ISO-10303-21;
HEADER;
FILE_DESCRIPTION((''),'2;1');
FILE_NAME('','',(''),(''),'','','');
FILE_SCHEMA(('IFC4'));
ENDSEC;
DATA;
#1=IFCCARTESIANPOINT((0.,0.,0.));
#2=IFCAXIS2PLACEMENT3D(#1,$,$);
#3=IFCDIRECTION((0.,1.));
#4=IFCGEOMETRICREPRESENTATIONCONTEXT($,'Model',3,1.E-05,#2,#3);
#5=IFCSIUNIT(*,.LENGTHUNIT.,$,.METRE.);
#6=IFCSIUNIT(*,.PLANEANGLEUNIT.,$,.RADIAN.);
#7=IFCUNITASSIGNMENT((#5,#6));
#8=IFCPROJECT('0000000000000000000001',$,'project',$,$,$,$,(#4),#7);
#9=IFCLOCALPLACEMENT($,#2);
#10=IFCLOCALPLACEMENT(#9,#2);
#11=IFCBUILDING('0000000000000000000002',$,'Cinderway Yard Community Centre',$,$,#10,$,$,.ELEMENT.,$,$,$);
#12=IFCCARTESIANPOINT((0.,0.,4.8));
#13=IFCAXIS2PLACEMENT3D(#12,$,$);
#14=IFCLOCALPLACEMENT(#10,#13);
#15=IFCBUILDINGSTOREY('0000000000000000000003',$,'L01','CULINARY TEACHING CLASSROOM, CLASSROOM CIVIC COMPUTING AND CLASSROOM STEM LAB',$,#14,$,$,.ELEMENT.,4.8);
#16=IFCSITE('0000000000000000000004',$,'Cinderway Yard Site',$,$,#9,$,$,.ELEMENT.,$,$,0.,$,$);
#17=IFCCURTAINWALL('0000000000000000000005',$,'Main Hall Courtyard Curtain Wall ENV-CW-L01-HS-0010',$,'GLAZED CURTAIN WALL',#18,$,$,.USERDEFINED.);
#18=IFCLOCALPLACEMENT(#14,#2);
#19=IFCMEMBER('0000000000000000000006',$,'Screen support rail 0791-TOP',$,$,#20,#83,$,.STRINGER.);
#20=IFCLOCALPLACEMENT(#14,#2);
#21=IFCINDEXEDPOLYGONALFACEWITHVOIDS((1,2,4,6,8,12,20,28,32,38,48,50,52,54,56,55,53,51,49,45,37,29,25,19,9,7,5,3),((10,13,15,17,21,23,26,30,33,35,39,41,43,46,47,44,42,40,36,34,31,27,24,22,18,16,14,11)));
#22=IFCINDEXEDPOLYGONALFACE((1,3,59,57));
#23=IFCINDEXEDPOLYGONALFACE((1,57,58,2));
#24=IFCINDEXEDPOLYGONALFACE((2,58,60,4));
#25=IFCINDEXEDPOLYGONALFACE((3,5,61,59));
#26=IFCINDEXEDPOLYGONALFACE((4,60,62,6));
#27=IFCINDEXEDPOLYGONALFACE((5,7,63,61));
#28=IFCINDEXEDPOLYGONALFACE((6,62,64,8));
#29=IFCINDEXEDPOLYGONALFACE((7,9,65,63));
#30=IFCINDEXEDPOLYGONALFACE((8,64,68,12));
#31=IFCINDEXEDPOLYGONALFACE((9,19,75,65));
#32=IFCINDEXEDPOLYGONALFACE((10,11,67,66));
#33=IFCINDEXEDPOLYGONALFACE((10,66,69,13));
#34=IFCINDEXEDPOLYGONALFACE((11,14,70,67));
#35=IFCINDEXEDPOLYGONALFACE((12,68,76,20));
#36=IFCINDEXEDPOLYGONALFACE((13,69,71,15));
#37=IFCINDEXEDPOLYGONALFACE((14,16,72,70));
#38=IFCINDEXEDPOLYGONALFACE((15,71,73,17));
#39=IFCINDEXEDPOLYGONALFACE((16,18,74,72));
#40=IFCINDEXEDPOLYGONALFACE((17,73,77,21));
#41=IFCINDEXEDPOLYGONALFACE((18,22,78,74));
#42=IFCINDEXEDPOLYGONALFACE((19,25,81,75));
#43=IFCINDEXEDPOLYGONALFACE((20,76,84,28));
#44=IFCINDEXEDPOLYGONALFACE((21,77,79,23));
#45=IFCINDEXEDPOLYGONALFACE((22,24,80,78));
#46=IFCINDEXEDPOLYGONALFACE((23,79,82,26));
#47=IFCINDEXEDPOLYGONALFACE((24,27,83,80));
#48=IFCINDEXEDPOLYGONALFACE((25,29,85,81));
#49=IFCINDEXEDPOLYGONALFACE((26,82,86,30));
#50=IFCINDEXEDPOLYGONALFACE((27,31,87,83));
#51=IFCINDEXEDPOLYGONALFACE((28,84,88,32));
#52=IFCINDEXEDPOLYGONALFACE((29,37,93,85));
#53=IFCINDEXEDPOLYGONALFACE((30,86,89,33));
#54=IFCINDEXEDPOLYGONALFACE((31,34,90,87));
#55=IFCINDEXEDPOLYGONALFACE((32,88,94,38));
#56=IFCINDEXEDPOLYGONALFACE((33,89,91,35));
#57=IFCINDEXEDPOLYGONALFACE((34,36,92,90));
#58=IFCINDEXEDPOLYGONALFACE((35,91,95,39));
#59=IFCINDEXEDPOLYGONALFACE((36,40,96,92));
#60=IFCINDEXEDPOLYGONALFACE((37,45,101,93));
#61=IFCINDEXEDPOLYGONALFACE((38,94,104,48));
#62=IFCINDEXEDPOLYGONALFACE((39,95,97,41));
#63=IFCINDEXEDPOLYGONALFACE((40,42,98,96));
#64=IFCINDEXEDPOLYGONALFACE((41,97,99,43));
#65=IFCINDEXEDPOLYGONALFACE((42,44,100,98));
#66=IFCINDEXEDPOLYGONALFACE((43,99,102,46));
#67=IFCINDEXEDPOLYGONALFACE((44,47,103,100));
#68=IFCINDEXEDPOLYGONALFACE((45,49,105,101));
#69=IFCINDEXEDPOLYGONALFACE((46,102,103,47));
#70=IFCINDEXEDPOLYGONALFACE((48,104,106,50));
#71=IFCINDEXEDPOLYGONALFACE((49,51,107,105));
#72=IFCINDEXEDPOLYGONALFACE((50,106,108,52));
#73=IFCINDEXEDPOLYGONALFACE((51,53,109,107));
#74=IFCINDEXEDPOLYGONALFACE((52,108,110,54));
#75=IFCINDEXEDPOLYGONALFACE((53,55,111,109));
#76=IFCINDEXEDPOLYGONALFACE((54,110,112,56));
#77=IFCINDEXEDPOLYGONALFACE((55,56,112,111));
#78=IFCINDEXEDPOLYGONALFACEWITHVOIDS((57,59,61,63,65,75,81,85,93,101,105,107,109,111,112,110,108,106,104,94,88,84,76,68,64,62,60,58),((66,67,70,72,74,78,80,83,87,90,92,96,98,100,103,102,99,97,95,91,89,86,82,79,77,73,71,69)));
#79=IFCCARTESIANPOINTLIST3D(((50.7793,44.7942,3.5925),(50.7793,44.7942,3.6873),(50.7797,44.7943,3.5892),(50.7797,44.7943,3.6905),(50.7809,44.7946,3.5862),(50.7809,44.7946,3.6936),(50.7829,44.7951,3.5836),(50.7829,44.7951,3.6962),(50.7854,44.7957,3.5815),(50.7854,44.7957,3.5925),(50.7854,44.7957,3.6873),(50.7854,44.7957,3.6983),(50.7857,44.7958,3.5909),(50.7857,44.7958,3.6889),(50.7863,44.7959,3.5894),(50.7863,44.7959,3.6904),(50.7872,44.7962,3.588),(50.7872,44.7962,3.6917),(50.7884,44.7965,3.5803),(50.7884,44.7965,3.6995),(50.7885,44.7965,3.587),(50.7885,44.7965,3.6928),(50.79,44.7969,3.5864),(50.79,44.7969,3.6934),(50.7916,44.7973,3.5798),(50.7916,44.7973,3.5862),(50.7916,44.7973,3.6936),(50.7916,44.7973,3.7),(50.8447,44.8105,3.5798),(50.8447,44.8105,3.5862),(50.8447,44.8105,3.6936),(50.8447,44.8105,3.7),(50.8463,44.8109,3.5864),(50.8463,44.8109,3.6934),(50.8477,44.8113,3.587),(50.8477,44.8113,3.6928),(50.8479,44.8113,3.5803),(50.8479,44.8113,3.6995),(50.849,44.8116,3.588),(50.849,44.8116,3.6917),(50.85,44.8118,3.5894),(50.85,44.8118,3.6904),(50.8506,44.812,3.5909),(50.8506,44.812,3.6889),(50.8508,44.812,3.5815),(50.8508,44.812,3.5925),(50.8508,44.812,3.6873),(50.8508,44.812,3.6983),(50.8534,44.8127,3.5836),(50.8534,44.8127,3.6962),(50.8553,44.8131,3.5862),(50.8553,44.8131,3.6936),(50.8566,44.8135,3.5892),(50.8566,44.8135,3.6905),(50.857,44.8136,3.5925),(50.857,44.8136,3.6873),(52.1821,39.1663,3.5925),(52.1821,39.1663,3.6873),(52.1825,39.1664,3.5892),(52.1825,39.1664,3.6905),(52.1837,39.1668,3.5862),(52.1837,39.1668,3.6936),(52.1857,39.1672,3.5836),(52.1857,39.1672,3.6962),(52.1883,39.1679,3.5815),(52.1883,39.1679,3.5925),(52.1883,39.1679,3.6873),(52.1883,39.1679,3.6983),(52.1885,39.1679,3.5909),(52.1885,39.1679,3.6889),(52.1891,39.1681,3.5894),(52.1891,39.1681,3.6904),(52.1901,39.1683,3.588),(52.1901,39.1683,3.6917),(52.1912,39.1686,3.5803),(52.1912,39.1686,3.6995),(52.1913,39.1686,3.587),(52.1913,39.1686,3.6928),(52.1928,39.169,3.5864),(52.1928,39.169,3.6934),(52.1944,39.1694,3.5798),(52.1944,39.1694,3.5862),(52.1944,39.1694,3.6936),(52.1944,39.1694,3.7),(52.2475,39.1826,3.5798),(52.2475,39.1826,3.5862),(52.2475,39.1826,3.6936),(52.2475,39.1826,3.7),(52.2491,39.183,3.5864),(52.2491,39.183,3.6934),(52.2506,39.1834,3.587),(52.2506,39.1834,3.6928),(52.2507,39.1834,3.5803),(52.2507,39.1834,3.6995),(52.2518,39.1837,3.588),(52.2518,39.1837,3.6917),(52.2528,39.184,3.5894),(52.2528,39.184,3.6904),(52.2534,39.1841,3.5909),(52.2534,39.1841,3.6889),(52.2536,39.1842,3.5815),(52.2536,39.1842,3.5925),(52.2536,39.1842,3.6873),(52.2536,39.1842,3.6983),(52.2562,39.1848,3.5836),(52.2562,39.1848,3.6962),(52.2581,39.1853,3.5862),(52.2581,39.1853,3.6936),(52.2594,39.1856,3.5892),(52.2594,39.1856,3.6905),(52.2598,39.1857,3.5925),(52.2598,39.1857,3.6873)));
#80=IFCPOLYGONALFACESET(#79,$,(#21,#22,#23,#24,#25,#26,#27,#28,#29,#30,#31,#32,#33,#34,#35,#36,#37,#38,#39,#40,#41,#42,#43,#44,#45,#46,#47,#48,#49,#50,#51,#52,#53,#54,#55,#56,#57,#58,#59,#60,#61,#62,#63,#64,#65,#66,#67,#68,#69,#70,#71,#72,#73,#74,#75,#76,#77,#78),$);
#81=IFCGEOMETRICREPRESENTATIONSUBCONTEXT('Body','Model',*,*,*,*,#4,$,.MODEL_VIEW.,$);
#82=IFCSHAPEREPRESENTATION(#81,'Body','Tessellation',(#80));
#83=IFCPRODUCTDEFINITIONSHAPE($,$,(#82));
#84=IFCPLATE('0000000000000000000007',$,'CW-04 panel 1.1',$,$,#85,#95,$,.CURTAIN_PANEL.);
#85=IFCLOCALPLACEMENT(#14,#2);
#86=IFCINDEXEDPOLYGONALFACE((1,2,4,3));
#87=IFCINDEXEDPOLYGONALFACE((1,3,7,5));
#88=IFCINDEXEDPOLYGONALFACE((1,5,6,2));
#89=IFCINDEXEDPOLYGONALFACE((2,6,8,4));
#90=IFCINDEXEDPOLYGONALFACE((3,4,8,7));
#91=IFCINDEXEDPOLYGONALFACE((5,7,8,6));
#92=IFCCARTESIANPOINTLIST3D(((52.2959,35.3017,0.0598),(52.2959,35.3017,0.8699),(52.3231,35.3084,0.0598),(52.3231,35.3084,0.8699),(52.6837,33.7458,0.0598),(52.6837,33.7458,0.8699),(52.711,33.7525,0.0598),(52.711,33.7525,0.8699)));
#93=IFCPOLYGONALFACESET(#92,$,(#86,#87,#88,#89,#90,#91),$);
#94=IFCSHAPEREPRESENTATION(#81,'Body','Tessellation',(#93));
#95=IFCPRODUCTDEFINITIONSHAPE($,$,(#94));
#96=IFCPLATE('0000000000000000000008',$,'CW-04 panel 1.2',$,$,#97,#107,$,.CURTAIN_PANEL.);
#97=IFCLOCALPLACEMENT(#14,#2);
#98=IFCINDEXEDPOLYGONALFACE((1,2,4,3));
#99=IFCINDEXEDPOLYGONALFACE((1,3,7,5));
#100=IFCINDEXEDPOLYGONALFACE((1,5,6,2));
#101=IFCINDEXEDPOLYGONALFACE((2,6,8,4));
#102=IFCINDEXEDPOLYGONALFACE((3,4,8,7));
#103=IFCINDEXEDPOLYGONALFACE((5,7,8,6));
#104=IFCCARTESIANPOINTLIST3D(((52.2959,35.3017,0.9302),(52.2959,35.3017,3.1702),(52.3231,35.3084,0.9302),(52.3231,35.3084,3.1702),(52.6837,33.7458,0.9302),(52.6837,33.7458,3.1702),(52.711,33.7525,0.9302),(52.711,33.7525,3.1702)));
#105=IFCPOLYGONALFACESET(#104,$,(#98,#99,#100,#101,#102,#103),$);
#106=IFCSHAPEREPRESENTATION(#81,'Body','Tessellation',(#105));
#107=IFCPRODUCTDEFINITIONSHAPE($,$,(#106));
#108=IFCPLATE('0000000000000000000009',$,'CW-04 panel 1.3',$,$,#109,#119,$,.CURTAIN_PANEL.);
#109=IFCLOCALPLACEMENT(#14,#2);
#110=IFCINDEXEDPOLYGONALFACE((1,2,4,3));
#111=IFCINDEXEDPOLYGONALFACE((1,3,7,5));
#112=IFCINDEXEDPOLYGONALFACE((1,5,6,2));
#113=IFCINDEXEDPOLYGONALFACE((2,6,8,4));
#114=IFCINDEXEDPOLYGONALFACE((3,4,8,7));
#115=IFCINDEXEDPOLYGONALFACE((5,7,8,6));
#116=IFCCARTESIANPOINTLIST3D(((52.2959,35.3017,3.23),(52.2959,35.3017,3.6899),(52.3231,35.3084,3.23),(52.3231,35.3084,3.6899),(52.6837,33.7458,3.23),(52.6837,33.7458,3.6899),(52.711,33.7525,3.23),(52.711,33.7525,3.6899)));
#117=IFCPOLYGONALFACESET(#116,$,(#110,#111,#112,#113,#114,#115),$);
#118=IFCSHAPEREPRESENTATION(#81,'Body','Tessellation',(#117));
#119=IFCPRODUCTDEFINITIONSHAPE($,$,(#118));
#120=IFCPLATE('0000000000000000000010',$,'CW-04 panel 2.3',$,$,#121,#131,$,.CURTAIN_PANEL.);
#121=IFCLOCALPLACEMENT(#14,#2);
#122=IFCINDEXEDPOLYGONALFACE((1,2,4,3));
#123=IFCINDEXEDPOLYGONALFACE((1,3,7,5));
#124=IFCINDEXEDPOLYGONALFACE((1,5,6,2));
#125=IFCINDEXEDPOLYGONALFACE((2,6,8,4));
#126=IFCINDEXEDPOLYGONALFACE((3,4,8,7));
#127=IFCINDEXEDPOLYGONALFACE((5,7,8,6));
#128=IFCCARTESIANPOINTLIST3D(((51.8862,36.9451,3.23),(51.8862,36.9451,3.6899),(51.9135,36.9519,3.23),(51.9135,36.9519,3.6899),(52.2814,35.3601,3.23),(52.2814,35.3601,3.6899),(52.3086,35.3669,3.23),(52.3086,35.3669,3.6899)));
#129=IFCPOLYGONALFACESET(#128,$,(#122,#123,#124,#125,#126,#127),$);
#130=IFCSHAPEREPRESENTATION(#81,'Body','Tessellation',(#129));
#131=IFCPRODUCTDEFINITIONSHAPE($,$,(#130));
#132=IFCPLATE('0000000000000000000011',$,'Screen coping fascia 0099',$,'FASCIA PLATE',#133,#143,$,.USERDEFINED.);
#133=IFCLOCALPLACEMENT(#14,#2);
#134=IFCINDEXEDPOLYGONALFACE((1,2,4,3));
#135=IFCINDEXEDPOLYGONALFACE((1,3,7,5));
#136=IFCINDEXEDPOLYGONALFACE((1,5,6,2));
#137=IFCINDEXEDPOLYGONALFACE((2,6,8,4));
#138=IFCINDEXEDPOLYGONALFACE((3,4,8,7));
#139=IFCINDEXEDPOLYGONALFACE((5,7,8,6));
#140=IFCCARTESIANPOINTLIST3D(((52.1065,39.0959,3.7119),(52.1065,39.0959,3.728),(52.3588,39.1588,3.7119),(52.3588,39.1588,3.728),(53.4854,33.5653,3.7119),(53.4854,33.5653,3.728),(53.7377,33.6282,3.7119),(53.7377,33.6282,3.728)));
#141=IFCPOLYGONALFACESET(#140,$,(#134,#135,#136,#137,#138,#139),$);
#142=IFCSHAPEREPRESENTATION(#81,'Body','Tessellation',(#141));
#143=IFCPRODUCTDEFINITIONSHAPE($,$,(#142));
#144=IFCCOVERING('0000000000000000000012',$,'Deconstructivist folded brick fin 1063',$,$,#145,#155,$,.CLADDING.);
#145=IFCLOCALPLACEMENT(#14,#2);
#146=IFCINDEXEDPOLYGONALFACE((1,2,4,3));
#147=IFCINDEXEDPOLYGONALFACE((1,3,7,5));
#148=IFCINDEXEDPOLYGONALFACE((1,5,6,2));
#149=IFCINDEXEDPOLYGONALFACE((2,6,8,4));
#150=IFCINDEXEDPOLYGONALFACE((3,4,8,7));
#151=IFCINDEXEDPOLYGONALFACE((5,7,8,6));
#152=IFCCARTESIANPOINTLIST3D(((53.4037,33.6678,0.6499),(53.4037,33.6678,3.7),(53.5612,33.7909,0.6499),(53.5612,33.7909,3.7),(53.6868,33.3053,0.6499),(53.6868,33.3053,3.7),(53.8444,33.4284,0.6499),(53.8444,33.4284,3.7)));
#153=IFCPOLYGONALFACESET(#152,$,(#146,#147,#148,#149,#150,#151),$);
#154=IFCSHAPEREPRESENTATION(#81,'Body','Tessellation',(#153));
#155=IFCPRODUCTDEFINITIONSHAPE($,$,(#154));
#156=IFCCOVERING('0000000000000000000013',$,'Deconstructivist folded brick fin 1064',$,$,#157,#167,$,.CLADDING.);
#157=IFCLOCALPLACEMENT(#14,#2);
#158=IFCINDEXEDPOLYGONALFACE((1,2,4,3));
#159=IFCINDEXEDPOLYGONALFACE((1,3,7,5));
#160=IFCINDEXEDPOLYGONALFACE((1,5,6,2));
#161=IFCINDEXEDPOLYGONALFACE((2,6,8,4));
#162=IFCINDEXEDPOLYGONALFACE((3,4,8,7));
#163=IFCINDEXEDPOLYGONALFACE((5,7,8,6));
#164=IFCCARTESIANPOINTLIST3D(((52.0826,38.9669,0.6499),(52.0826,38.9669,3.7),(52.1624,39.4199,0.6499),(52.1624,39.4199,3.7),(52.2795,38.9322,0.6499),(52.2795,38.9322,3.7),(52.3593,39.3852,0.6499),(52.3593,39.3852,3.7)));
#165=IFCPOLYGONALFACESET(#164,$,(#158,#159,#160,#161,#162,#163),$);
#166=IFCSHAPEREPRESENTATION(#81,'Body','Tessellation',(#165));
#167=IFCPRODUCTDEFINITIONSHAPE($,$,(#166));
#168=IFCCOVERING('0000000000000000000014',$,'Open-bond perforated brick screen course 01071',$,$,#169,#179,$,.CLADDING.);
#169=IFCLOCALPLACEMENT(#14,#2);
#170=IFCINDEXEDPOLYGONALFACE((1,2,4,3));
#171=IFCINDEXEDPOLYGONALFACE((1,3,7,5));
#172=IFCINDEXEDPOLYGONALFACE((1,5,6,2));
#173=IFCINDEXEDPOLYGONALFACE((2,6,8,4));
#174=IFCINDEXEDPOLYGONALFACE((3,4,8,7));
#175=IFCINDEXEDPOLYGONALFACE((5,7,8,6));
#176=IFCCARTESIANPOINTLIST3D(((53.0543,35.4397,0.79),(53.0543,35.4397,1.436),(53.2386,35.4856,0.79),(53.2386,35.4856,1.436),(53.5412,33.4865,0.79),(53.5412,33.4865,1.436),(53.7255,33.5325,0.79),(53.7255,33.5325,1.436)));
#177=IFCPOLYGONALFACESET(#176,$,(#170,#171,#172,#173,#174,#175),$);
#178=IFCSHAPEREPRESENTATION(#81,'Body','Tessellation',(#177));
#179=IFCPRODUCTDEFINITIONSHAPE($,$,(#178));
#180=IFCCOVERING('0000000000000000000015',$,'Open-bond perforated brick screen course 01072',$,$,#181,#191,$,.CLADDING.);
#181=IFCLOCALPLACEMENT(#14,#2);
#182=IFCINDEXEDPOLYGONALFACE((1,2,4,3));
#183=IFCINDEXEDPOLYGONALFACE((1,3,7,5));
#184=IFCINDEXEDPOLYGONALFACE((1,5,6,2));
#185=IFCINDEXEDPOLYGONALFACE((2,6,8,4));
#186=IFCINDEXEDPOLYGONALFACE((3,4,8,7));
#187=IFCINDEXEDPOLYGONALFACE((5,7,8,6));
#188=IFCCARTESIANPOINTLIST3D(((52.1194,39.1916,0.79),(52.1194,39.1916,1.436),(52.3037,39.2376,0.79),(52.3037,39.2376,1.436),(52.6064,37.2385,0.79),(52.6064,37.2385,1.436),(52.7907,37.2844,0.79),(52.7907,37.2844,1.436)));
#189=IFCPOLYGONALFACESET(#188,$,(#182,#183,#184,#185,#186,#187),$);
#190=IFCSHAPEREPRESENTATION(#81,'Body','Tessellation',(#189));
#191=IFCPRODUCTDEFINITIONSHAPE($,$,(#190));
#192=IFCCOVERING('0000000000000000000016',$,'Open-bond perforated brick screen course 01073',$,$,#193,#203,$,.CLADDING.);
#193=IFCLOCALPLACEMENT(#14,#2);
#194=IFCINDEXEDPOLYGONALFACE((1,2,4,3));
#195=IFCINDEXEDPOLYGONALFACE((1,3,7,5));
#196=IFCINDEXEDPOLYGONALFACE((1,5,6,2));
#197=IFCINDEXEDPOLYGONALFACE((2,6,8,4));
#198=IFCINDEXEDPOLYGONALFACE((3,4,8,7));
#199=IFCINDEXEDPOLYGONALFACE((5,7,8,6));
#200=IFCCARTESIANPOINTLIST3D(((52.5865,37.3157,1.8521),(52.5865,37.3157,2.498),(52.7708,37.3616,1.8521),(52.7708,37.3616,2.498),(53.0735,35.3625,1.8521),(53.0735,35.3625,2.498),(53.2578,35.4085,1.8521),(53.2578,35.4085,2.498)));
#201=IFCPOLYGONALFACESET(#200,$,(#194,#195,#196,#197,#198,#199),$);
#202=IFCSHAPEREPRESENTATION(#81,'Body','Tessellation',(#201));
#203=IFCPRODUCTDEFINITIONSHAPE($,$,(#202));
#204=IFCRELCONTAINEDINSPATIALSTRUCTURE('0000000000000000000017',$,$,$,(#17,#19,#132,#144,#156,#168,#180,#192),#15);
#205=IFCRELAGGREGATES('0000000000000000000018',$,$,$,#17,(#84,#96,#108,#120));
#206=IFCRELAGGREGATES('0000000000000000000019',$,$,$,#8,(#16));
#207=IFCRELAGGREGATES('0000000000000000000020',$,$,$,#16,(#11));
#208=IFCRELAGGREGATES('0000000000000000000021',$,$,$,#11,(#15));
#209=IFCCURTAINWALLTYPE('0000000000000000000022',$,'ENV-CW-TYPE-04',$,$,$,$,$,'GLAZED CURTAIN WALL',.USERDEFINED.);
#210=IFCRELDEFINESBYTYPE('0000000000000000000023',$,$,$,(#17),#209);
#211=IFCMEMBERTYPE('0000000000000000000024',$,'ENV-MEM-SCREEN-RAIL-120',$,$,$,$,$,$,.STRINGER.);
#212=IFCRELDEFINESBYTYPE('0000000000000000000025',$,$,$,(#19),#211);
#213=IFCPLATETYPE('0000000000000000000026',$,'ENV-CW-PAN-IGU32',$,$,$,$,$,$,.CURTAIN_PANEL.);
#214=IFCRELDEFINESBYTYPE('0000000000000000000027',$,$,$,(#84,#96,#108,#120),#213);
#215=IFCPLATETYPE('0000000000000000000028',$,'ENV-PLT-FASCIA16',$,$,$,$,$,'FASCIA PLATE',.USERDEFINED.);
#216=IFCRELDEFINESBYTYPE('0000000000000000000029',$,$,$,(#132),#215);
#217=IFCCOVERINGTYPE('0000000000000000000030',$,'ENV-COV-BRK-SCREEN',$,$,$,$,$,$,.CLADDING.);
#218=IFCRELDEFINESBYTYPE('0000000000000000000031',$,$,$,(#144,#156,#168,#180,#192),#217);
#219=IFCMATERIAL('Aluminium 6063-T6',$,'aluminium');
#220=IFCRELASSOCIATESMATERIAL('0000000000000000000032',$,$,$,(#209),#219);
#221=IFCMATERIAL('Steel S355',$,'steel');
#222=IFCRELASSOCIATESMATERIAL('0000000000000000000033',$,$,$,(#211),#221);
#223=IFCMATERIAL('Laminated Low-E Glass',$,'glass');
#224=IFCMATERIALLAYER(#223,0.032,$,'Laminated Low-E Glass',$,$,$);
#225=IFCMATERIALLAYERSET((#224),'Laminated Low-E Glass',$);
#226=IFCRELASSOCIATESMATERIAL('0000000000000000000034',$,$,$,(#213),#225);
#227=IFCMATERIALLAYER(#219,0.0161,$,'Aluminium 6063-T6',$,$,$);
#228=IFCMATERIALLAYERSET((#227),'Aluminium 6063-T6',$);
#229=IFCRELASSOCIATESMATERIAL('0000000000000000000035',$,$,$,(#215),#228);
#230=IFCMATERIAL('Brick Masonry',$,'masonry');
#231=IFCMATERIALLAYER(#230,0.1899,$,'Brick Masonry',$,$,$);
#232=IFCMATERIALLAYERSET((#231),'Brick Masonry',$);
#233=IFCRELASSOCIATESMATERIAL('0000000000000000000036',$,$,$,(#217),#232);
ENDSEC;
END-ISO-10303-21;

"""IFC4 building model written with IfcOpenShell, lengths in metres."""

from ifc_helpers import new_model, si_unit, direction, frame, origin, origin_2d, place, context, subcontext, project, spatial, rectangle, hollow_rectangle, extrude, material, layer, layer_set, material_profile, profile_set, type_object, element, aggregate, save


model = new_model("IFC4")

# Units and contexts
model_context = context("Model", 3, precision=1e-05, world=origin(), true_north=direction((0.0, 1.0)))
body_context = subcontext(model_context, "Body", "Model", "MODEL_VIEW")
ifc_project = project(units=[si_unit("LENGTHUNIT", "METRE"), si_unit("PLANEANGLEUNIT", "RADIAN")], contexts=[model_context])

# Site, building, storey
site_placement = place(None, origin())
site = spatial("IfcSite", under=ifc_project, at=site_placement, Name="Cinderway Yard Site", CompositionType="ELEMENT", RefElevation=0.0)
building_placement = place(site_placement, origin())
building = spatial("IfcBuilding", under=site, at=building_placement, Name="Cinderway Yard Community Centre", CompositionType="ELEMENT")
storey_placement = place(building_placement, frame((0.0, 0.0, 4.8)))
storey = spatial("IfcBuildingStorey", under=building, at=storey_placement, Name="L01", Description="CULINARY TEACHING CLASSROOM, CLASSROOM CIVIC COMPUTING AND CLASSROOM STEM LAB", CompositionType="ELEMENT", Elevation=4.8)

# Curtain wall
ifc_material_1 = material(Name="Aluminium 6063-T6", Category="aluminium")
curtain_wall_type = type_object("IfcCurtainWallType", Name="ENV-CW-TYPE-04", ElementType="GLAZED CURTAIN WALL", PredefinedType="USERDEFINED", material=ifc_material_1)
curtain_wall_placement = place(storey_placement, origin())
curtain_wall = element("IfcCurtainWall", 1, at=curtain_wall_placement, inside=storey, type_object=curtain_wall_type, Name="Main Hall Courtyard Curtain Wall ENV-CW-L01-HS-0010", ObjectType="GLAZED CURTAIN WALL", PredefinedType="USERDEFINED")

# Member
ifc_material_2 = material(Name="Steel S355", Category="steel")
ifc_material_profile_1 = material_profile(ifc_material_2, hollow_rectangle(XDim=0.0801, YDim=0.1201, WallThickness=0.0063, InnerFilletRadius=0.0063, OuterFilletRadius=0.0127, at=origin_2d()), Name="Steel S355")
ifc_profile_set_1 = profile_set([ifc_material_profile_1], Name="Steel S355")
member_type_1 = type_object("IfcMemberType", Name="ENV-MEM-SCREEN-RAIL-120", PredefinedType="STRINGER", material=ifc_profile_set_1)
for number, where, z_axis, x_axis, name in (
    (2, (52.2209, 39.176, 3.6399), (-0.241862, 0.970311, 0.0), (-0.970311, -0.241862, 0.0), "Screen support rail 0791-TOP"),
):
    element("IfcMember", number, at=place(storey_placement, frame(where, z_axis=z_axis, x_axis=x_axis)), inside=storey, type_object=member_type_1, Name=name, PredefinedType="STRINGER", context=body_context, shape_type="SweptSolid", body=[
        extrude(hollow_rectangle(XDim=0.0801, YDim=0.1201, WallThickness=0.0063, InnerFilletRadius=0.0063, OuterFilletRadius=0.0127, at=origin_2d()), origin(), (0.0, 0.0, 1.0), 5.8),
    ])

# Plates
ifc_material_3 = material(Name="Laminated Low-E Glass", Category="glass")
ifc_layer_1 = layer(ifc_material_3, 0.032, Name="Laminated Low-E Glass")
ifc_layer_set_1 = layer_set([ifc_layer_1], Name="Laminated Low-E Glass")
plate_type_1 = type_object("IfcPlateType", Name="ENV-CW-PAN-IGU32", PredefinedType="CURTAIN_PANEL", material=ifc_layer_set_1)
plate_1_placement = place(storey_placement, frame((52.5034, 34.5271, 0.0598), z_axis=(0.0, 0.0, 1.0), x_axis=(-0.241887, 0.970304, 0.0)))
plate_1 = element("IfcPlate", 3, at=plate_1_placement, type_object=plate_type_1, Name="CW-04 panel 1.1", PredefinedType="CURTAIN_PANEL", context=body_context, shape_type="SweptSolid", body=[
    extrude(rectangle(XDim=1.6035, YDim=0.0281, at=origin_2d()), origin(), (0.0, 0.0, 1.0), 0.8101),
])
plate_2_placement = place(storey_placement, frame((52.5034, 34.5271, 0.9302), z_axis=(0.0, 0.0, 1.0), x_axis=(-0.241887, 0.970304, 0.0)))
plate_2 = element("IfcPlate", 4, at=plate_2_placement, type_object=plate_type_1, Name="CW-04 panel 1.2", PredefinedType="CURTAIN_PANEL", context=body_context, shape_type="SweptSolid", body=[
    extrude(rectangle(XDim=1.6035, YDim=0.0281, at=origin_2d()), origin(), (0.0, 0.0, 1.0), 2.24),
])
plate_3_placement = place(storey_placement, frame((52.5034, 34.5271, 3.23), z_axis=(0.0, 0.0, 1.0), x_axis=(-0.241887, 0.970304, 0.0)))
plate_3 = element("IfcPlate", 5, at=plate_3_placement, type_object=plate_type_1, Name="CW-04 panel 1.3", PredefinedType="CURTAIN_PANEL", context=body_context, shape_type="SweptSolid", body=[
    extrude(rectangle(XDim=1.6035, YDim=0.0281, at=origin_2d()), origin(), (0.0, 0.0, 1.0), 0.46),
])
plate_4_placement = place(storey_placement, frame((52.0974, 36.156, 3.23), z_axis=(0.0, 0.0, 1.0), x_axis=(-0.241887, 0.970304, 0.0)))
plate_4 = element("IfcPlate", 6, at=plate_4_placement, type_object=plate_type_1, Name="CW-04 panel 2.3", PredefinedType="CURTAIN_PANEL", context=body_context, shape_type="SweptSolid", body=[
    extrude(rectangle(XDim=1.6335, YDim=0.0281, at=origin_2d()), origin(), (0.0, 0.0, 1.0), 0.46),
])
aggregate(curtain_wall, [plate_1, plate_2, plate_3, plate_4])
ifc_layer_2 = layer(ifc_material_1, 0.0161, Name="Aluminium 6063-T6")
ifc_layer_set_2 = layer_set([ifc_layer_2], Name="Aluminium 6063-T6")
plate_type_2 = type_object("IfcPlateType", Name="ENV-PLT-FASCIA16", ElementType="FASCIA PLATE", PredefinedType="USERDEFINED", material=ifc_layer_set_2)
plate_5_placement = place(storey_placement, frame((52.9221, 36.3621, 3.7119), z_axis=(0.0, 0.0, 1.0), x_axis=(0.241922, -0.970296, 0.0)))
element("IfcPlate", 7, at=plate_5_placement, inside=storey, type_object=plate_type_2, Name="Screen coping fascia 0099", ObjectType="FASCIA PLATE", PredefinedType="USERDEFINED", context=body_context, shape_type="SweptSolid", body=[
    extrude(rectangle(XDim=5.7, YDim=0.26, at=origin_2d()), origin(), (0.0, 0.0, 1.0), 0.0161),
])

# Coverings
ifc_material_4 = material(Name="Brick Masonry", Category="masonry")
ifc_layer_3 = layer(ifc_material_4, 0.1899, Name="Brick Masonry")
ifc_layer_set_3 = layer_set([ifc_layer_3], Name="Brick Masonry")
covering_type = type_object("IfcCoveringType", Name="ENV-COV-BRK-SCREEN", PredefinedType="CLADDING", material=ifc_layer_set_3)
for number, where, z_axis, x_axis, name in (
    (8, (53.624, 33.5481, 0.6499), (0.0, 0.0, 1.0), (0.615661, -0.788011, 0.0), "Deconstructivist folded brick fin 1063"),
    (9, (52.2209, 39.176, 0.6499), (0.0, 0.0, 1.0), (-0.173648, -0.984808, 0.0), "Deconstructivist folded brick fin 1064"),
):
    element("IfcCovering", number, at=place(storey_placement, frame(where, z_axis=z_axis, x_axis=x_axis)), inside=storey, type_object=covering_type, Name=name, PredefinedType="CLADDING", context=body_context, shape_type="SweptSolid", body=[
        extrude(rectangle(XDim=0.46, YDim=0.2, at=origin_2d()), origin(), (0.0, 0.0, 1.0), 3.05),
    ])
for number, where, z_axis, x_axis, name in (
    (10, (53.3899, 34.4861, 0.79), (0.0, 0.0, 1.0), (0.241922, -0.970296, 0.0), "Open-bond perforated brick screen course 01071"),
    (11, (52.4551, 38.238, 0.79), (0.0, 0.0, 1.0), (0.241922, -0.970296, 0.0), "Open-bond perforated brick screen course 01072"),
    (12, (52.9221, 36.3621, 1.8521), (0.0, 0.0, 1.0), (0.241922, -0.970296, 0.0), "Open-bond perforated brick screen course 01073"),
):
    element("IfcCovering", number, at=place(storey_placement, frame(where, z_axis=z_axis, x_axis=x_axis)), inside=storey, type_object=covering_type, Name=name, PredefinedType="CLADDING", context=body_context, shape_type="SweptSolid", body=[
        extrude(rectangle(XDim=2.0129, YDim=0.1899, at=origin_2d()), origin(), (0.0, 0.0, 1.0), 0.646),
    ])

save(model, "model.ifc")
